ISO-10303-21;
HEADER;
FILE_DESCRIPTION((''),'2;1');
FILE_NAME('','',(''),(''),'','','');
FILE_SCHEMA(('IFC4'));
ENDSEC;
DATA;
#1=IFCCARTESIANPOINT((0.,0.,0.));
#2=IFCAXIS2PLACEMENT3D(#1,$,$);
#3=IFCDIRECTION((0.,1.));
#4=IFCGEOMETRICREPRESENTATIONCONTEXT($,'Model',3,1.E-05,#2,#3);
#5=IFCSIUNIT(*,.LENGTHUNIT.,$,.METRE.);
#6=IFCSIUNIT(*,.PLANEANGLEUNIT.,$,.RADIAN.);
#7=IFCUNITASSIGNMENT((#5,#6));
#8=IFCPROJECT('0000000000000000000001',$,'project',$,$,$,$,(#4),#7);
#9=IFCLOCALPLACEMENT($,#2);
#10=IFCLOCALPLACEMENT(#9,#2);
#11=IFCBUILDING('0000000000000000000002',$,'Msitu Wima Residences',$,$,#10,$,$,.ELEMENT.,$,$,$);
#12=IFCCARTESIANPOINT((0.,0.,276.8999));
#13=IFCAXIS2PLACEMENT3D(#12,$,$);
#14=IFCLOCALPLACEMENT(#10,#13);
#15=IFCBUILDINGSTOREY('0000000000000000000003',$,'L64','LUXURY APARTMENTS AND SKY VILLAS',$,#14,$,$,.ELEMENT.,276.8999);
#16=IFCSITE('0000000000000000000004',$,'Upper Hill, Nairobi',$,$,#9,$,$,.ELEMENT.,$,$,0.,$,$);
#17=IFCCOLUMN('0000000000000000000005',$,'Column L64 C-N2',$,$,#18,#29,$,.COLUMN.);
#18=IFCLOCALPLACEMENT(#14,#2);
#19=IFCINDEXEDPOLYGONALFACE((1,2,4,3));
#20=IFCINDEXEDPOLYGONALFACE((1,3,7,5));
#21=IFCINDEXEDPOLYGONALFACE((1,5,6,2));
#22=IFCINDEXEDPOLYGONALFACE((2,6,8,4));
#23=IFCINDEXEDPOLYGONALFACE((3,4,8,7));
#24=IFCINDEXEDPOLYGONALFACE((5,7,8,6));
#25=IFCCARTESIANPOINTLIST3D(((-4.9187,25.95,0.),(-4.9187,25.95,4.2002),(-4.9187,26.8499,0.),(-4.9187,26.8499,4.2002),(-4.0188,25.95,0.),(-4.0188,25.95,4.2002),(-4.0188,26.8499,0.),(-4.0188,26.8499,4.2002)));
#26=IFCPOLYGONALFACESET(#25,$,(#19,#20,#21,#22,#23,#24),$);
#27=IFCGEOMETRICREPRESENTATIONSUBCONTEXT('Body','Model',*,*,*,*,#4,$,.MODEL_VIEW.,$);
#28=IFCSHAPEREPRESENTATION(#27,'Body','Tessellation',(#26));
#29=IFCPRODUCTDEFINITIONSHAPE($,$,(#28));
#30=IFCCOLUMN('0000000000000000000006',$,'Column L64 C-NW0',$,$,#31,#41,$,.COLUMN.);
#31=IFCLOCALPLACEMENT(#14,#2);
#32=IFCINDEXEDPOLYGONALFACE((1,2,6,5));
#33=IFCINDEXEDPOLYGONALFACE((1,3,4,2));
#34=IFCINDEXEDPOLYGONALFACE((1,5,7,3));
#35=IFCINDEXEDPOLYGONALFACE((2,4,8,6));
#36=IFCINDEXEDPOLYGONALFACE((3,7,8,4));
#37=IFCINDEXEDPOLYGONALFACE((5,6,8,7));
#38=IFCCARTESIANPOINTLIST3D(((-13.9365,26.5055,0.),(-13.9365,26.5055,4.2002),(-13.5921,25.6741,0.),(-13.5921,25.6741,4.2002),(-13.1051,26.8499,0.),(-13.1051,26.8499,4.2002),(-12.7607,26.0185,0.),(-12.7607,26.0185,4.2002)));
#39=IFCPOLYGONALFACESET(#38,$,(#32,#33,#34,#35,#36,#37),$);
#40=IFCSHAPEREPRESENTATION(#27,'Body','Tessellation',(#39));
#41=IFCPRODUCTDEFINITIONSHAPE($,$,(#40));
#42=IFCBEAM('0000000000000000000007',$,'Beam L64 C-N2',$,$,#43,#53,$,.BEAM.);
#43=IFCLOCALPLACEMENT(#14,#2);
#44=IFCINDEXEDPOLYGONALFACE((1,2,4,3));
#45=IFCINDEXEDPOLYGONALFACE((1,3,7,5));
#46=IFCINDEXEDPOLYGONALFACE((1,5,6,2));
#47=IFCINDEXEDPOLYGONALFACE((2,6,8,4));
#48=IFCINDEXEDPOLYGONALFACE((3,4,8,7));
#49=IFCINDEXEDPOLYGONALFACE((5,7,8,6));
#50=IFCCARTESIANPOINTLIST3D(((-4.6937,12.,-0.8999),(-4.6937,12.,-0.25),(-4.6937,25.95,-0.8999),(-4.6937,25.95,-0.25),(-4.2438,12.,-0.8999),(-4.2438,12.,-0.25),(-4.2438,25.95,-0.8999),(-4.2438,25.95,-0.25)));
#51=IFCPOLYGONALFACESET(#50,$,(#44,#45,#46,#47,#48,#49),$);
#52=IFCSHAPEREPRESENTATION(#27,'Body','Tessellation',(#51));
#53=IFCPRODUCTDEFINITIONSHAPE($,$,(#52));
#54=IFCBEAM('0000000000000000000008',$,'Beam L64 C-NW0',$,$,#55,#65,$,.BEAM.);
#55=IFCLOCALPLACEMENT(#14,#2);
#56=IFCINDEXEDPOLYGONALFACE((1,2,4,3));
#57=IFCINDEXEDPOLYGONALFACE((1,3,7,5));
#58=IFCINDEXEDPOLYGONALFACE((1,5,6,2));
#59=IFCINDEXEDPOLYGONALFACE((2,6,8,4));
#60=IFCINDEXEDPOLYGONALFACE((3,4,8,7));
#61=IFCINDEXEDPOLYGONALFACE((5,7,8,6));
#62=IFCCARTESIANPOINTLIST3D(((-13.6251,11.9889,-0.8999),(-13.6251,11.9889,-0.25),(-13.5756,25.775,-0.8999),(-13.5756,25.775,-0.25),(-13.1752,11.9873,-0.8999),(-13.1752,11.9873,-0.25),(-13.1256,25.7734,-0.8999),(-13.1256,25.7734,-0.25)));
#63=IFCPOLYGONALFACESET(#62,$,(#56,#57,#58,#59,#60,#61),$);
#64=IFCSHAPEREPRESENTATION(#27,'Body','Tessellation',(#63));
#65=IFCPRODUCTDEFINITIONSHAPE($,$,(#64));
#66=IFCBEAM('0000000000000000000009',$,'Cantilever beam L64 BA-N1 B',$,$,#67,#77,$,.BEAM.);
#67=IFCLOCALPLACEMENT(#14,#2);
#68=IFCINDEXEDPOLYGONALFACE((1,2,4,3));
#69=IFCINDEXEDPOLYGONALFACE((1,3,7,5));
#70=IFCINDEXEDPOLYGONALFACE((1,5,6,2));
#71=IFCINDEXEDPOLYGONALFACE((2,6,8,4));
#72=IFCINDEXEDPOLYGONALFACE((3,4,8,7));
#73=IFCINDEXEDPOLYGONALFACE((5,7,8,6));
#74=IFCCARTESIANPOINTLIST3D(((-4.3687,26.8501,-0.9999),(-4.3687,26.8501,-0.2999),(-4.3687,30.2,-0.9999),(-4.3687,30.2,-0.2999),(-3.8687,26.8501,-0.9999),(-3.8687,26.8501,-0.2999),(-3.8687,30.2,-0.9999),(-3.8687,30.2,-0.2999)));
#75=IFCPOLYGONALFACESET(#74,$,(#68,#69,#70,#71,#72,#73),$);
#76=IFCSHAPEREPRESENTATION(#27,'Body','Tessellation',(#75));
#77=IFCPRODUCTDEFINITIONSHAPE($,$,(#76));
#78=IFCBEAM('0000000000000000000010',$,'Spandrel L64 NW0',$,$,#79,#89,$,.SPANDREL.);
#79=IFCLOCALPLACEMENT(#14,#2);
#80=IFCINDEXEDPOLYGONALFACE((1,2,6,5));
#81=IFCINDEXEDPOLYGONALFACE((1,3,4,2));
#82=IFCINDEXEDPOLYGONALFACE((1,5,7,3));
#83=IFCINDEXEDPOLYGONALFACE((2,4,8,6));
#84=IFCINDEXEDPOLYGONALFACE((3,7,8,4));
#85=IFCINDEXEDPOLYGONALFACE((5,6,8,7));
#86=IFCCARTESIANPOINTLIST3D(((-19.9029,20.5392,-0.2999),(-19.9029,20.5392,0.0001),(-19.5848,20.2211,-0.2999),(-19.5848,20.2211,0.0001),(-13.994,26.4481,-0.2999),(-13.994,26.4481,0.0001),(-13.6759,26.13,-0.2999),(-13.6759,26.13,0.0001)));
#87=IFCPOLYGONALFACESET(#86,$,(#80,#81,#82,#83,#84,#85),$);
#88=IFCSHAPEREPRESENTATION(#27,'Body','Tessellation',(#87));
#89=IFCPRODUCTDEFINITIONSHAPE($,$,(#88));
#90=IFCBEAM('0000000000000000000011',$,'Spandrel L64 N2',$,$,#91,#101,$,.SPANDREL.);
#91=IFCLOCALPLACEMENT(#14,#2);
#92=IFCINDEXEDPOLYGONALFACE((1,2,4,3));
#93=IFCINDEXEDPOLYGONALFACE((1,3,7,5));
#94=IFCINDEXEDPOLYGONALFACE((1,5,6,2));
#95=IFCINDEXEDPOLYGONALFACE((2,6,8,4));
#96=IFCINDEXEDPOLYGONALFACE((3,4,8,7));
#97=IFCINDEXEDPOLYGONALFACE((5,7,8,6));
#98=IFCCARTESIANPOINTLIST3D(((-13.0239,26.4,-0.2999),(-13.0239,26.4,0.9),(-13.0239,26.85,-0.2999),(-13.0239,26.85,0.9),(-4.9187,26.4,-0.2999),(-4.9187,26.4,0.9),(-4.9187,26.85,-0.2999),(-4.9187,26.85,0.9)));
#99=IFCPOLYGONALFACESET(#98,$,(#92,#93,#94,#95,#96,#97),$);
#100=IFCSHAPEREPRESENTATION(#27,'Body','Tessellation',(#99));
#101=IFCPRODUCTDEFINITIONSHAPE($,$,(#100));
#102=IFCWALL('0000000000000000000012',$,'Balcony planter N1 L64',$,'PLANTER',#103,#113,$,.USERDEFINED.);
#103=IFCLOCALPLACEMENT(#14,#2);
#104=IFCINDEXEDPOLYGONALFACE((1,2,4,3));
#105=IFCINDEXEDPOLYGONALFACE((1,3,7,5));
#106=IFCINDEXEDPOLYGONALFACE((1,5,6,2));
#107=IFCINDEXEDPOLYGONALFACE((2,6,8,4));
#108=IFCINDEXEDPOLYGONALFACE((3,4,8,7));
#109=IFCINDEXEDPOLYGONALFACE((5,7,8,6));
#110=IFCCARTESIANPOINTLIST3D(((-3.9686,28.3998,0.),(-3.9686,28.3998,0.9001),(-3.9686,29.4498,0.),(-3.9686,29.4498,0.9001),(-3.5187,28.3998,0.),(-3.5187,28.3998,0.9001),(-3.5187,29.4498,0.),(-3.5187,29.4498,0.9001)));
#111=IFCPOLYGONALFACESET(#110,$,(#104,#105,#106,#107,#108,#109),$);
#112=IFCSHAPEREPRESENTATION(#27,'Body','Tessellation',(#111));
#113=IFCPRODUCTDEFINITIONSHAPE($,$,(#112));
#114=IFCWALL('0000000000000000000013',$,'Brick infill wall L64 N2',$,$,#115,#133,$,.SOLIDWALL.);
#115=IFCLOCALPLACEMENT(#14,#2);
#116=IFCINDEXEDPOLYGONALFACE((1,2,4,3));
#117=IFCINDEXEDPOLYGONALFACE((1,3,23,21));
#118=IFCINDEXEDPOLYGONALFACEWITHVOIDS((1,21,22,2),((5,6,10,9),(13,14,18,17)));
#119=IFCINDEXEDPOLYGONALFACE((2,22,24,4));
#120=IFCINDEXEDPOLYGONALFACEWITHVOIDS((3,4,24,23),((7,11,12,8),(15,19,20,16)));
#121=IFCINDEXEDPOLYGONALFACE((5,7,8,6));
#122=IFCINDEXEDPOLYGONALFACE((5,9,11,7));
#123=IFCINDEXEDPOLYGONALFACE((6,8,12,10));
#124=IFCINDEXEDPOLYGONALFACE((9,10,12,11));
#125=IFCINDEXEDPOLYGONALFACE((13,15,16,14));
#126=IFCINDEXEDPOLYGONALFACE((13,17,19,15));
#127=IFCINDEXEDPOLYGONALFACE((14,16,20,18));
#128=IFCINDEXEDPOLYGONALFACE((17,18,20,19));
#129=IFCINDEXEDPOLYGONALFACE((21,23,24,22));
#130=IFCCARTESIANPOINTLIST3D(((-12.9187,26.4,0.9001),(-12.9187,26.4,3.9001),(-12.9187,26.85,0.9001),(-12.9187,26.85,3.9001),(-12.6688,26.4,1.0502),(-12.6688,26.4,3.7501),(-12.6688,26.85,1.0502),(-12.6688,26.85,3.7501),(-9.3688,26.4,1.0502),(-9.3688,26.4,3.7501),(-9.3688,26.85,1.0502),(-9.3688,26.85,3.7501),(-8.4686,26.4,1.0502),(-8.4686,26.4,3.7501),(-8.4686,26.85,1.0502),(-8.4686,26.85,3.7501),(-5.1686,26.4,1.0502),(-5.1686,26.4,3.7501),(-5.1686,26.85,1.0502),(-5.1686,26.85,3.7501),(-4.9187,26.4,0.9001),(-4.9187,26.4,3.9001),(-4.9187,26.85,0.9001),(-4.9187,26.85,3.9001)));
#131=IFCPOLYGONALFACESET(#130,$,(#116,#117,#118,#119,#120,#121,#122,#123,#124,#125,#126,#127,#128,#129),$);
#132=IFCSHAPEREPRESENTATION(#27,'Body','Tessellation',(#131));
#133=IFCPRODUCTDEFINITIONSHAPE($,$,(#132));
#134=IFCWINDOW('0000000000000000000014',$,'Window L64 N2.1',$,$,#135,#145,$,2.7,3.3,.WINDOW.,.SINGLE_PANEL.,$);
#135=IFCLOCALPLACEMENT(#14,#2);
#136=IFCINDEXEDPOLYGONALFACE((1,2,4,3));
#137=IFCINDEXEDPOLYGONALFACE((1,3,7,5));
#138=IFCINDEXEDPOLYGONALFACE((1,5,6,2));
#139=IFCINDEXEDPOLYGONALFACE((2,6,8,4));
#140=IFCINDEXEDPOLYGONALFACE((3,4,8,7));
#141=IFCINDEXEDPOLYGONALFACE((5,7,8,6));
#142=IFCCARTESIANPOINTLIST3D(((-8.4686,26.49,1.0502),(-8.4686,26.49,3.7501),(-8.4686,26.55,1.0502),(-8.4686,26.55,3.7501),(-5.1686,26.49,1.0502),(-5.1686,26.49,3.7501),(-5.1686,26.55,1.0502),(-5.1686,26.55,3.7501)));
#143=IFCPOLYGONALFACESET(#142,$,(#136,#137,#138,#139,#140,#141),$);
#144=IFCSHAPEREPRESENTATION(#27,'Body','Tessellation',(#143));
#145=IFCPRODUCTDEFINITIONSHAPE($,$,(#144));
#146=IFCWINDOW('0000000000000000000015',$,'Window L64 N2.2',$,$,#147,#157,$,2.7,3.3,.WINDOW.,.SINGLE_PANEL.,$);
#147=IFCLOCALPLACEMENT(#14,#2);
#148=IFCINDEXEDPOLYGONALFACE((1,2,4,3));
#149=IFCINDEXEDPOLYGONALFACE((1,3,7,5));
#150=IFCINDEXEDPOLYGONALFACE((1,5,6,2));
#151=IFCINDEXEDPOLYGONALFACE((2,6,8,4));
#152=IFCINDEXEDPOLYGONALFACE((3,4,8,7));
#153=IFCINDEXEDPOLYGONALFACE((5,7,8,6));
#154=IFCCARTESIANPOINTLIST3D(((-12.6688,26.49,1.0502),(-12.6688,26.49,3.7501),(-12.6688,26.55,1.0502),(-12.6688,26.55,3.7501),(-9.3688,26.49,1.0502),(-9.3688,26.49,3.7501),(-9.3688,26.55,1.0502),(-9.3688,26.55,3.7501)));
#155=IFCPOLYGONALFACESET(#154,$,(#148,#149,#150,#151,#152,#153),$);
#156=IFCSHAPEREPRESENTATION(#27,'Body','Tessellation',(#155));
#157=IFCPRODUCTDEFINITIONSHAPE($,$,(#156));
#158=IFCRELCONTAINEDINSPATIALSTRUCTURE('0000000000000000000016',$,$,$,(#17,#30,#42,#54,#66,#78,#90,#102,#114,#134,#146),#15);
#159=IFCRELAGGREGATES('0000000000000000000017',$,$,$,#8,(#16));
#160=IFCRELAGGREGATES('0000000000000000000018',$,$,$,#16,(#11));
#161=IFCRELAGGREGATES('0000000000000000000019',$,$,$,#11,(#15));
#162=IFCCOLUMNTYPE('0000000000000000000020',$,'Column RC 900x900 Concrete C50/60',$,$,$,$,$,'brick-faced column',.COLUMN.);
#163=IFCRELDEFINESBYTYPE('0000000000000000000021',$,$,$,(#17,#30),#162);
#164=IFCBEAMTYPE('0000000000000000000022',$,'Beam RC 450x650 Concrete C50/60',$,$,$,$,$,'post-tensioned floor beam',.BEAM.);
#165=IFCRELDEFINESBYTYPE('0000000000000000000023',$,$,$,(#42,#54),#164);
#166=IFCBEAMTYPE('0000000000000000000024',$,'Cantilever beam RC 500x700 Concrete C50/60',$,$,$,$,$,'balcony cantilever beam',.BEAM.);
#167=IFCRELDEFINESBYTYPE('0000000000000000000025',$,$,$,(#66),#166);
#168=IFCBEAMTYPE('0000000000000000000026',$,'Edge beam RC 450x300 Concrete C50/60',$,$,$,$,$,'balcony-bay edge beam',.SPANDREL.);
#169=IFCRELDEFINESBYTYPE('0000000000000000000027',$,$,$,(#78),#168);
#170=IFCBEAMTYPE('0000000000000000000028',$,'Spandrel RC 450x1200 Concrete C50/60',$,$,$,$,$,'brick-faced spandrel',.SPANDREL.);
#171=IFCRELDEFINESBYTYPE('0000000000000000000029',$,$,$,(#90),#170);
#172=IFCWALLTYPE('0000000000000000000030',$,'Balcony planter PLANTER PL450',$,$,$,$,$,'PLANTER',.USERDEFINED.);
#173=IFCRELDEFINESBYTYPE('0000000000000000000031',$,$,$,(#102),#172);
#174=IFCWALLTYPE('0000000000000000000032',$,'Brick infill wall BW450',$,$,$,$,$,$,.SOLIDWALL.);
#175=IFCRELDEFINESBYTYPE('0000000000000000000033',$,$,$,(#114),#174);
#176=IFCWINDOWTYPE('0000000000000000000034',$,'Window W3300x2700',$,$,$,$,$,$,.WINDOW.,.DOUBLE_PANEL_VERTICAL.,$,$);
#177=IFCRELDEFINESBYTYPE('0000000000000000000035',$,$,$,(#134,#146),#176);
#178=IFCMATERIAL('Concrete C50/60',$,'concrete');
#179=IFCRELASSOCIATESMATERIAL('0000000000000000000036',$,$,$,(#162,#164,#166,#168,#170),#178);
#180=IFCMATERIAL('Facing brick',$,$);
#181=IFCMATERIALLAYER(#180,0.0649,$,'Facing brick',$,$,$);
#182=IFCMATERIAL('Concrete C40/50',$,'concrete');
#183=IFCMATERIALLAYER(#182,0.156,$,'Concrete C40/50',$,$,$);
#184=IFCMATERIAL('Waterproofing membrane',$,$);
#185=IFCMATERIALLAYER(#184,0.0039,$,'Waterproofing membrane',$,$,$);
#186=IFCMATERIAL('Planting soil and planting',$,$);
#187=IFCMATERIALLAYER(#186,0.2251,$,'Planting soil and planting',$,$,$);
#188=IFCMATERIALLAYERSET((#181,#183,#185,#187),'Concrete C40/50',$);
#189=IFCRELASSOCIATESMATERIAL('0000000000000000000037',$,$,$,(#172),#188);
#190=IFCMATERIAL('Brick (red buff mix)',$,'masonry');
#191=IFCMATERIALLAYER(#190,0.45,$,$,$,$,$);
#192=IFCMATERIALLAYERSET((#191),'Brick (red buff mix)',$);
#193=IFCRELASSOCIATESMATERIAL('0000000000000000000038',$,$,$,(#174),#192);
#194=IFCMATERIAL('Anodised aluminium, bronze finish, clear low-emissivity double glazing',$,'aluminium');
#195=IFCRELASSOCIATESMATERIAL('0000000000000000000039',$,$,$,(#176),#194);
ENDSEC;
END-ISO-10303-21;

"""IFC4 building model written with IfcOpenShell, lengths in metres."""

from ifc_helpers import new_model, si_unit, direction, frame, frame_2d, origin, origin_2d, place, context, subcontext, project, spatial, rectangle, extrude, material, layer, layer_set, material_profile, profile_set, type_object, element, fill, save


model = new_model("IFC4")

# Units and contexts
model_context = context("Model", 3, precision=1e-05, world=origin(), true_north=direction((0.0, 1.0)))
body_context = subcontext(model_context, "Body", "Model", "MODEL_VIEW")
ifc_project = project(units=[si_unit("LENGTHUNIT", "METRE"), si_unit("PLANEANGLEUNIT", "RADIAN")], contexts=[model_context])

# Site, building, storey
site_placement = place(None, origin())
site = spatial("IfcSite", under=ifc_project, at=site_placement, Name="Upper Hill, Nairobi", CompositionType="ELEMENT", RefElevation=0.0)
building_placement = place(site_placement, origin())
building = spatial("IfcBuilding", under=site, at=building_placement, Name="Msitu Wima Residences", CompositionType="ELEMENT")
storey_placement = place(building_placement, frame((0.0, 0.0, 276.8999)))
storey = spatial("IfcBuildingStorey", under=building, at=storey_placement, Name="L64", Description="LUXURY APARTMENTS AND SKY VILLAS", CompositionType="ELEMENT", Elevation=276.8999)

# Columns
ifc_material_1 = material(Name="Concrete C50/60", Category="concrete")
ifc_material_profile_1 = material_profile(ifc_material_1, rectangle(XDim=0.8999, YDim=0.8999, at=origin_2d()), Name="RC 900x900")
ifc_profile_set_1 = profile_set([ifc_material_profile_1], Name="Concrete C50/60")
column_type = type_object("IfcColumnType", Name="Column RC 900x900 Concrete C50/60", ElementType="brick-faced column", PredefinedType="COLUMN", material=ifc_profile_set_1)
for number, where, z_axis, x_axis, name in (
    (1, (-4.4688, 26.3999, 0.0), (0.0, 0.0, 1.0), (-1.0, 0.0, 0.0), "Column L64 C-N2"),
    (2, (-13.3486, 26.262, 0.0), (0.0, 0.0, 1.0), (-0.92388, -0.382683, 0.0), "Column L64 C-NW0"),
):
    element("IfcColumn", number, at=place(storey_placement, frame(where, z_axis=z_axis, x_axis=x_axis)), inside=storey, type_object=column_type, Name=name, PredefinedType="COLUMN", context=body_context, shape_type="SweptSolid", body=[
        extrude(rectangle(XDim=0.8999, YDim=0.8999, at=origin_2d()), origin(), (0.0, 0.0, 1.0), 4.2002),
    ])

# Beams
ifc_material_profile_2 = material_profile(ifc_material_1, rectangle(XDim=0.45, YDim=0.6499, at=origin_2d()), Name="RC 450x650")
ifc_profile_set_2 = profile_set([ifc_material_profile_2], Name="Concrete C50/60")
beam_type_1 = type_object("IfcBeamType", Name="Beam RC 450x650 Concrete C50/60", ElementType="post-tensioned floor beam", PredefinedType="BEAM", material=ifc_profile_set_2)
beam_1_placement = place(storey_placement, frame((-4.4688, 25.95, -0.575), z_axis=(0.0, -1.0, 0.0), x_axis=(1.0, 0.0, 0.0)))
element("IfcBeam", 3, at=beam_1_placement, inside=storey, type_object=beam_type_1, Name="Beam L64 C-N2", PredefinedType="BEAM", context=body_context, shape_type="SweptSolid", body=[
    extrude(rectangle(XDim=0.45, YDim=0.6499, at=origin_2d()), origin(), (0.0, 0.0, 1.0), 13.95),
])
beam_2_placement = place(storey_placement, frame((-13.3506, 25.7742, -0.575), z_axis=(-0.003595, -0.999994, 0.0), x_axis=(0.999994, -0.003595, 0.0)))
element("IfcBeam", 4, at=beam_2_placement, inside=storey, type_object=beam_type_1, Name="Beam L64 C-NW0", PredefinedType="BEAM", context=body_context, shape_type="SweptSolid", body=[
    extrude(rectangle(XDim=0.45, YDim=0.6499, at=origin_2d()), origin(), (0.0, 0.0, 1.0), 13.7861),
])
ifc_material_profile_3 = material_profile(ifc_material_1, rectangle(XDim=0.5, YDim=0.7, at=origin_2d()), Name="RC 500x700")
ifc_profile_set_3 = profile_set([ifc_material_profile_3], Name="Concrete C50/60")
beam_type_2 = type_object("IfcBeamType", Name="Cantilever beam RC 500x700 Concrete C50/60", ElementType="balcony cantilever beam", PredefinedType="BEAM", material=ifc_profile_set_3)
beam_3_placement = place(storey_placement, frame((-4.1187, 26.8501, -0.6499), z_axis=(0.0, 1.0, 0.0), x_axis=(-1.0, 0.0, 0.0)))
element("IfcBeam", 5, at=beam_3_placement, inside=storey, type_object=beam_type_2, Name="Cantilever beam L64 BA-N1 B", PredefinedType="BEAM", context=body_context, shape_type="SweptSolid", body=[
    extrude(rectangle(XDim=0.5, YDim=0.7, at=origin_2d()), origin(), (0.0, 0.0, 1.0), 3.3499),
])
ifc_material_profile_4 = material_profile(ifc_material_1, rectangle(XDim=0.45, YDim=0.3, at=origin_2d()), Name="RC 450x300")
ifc_profile_set_4 = profile_set([ifc_material_profile_4], Name="Concrete C50/60")
beam_type_3 = type_object("IfcBeamType", Name="Edge beam RC 450x300 Concrete C50/60", ElementType="balcony-bay edge beam", PredefinedType="SPANDREL", material=ifc_profile_set_4)
beam_4_placement = place(storey_placement, frame((-13.835, 26.2891, -0.1499), z_axis=(-0.707107, -0.707107, 0.0), x_axis=(0.707107, -0.707107, 0.0)))
element("IfcBeam", 6, at=beam_4_placement, inside=storey, type_object=beam_type_3, Name="Spandrel L64 NW0", PredefinedType="SPANDREL", context=body_context, shape_type="SweptSolid", body=[
    extrude(rectangle(XDim=0.45, YDim=0.3, at=origin_2d()), origin(), (0.0, 0.0, 1.0), 8.3564),
])
ifc_material_profile_5 = material_profile(ifc_material_1, rectangle(XDim=0.45, YDim=1.2, at=origin_2d()), Name="RC 450x1200")
ifc_profile_set_5 = profile_set([ifc_material_profile_5], Name="Concrete C50/60")
beam_type_4 = type_object("IfcBeamType", Name="Spandrel RC 450x1200 Concrete C50/60", ElementType="brick-faced spandrel", PredefinedType="SPANDREL", material=ifc_profile_set_5)
beam_5_placement = place(storey_placement, frame((-4.9187, 26.625, 0.3), z_axis=(-1.0, 0.0, 0.0), x_axis=(0.0, -1.0, 0.0)))
element("IfcBeam", 7, at=beam_5_placement, inside=storey, type_object=beam_type_4, Name="Spandrel L64 N2", PredefinedType="SPANDREL", context=body_context, shape_type="SweptSolid", body=[
    extrude(rectangle(XDim=0.45, YDim=1.2, at=origin_2d()), origin(), (0.0, 0.0, 1.0), 8.1052),
])

# Wall
ifc_material_2 = material(Name="Facing brick")
ifc_layer_1 = layer(ifc_material_2, 0.0649, Name="Facing brick")
ifc_material_3 = material(Name="Concrete C40/50", Category="concrete")
ifc_layer_2 = layer(ifc_material_3, 0.156, Name="Concrete C40/50")
ifc_material_4 = material(Name="Waterproofing membrane")
ifc_layer_3 = layer(ifc_material_4, 0.0039, Name="Waterproofing membrane")
ifc_material_5 = material(Name="Planting soil and planting")
ifc_layer_4 = layer(ifc_material_5, 0.2251, Name="Planting soil and planting")
ifc_layer_set_1 = layer_set([ifc_layer_1, ifc_layer_2, ifc_layer_3, ifc_layer_4], Name="Concrete C40/50")
wall_type_1 = type_object("IfcWallType", Name="Balcony planter PLANTER PL450", ElementType="PLANTER", PredefinedType="USERDEFINED", material=ifc_layer_set_1)
wall_1_placement = place(storey_placement, frame((-3.7437, 28.3999, 0.0), z_axis=(0.0, 0.0, 1.0), x_axis=(0.0, 1.0, 0.0)))
element("IfcWall", 8, at=wall_1_placement, inside=storey, type_object=wall_type_1, Name="Balcony planter N1 L64", ObjectType="PLANTER", PredefinedType="USERDEFINED", context=body_context, shape_type="SweptSolid", body=[
    extrude(rectangle(XDim=1.05, YDim=0.45, at=frame_2d((0.5249, 0.0))), origin(), (0.0, 0.0, 1.0), 0.9001),
])

# Wall, openings, windows
ifc_material_6 = material(Name="Brick (red buff mix)", Category="masonry")
ifc_layer_5 = layer(ifc_material_6, 0.45)
ifc_layer_set_2 = layer_set([ifc_layer_5], Name="Brick (red buff mix)")
wall_type_2 = type_object("IfcWallType", Name="Brick infill wall BW450", PredefinedType="SOLIDWALL", material=ifc_layer_set_2)
wall_2_placement = place(storey_placement, frame((-4.9187, 26.625, 0.9001), z_axis=(0.0, 0.0, 1.0), x_axis=(-1.0, 0.0, 0.0)))
wall_2 = element("IfcWall", 9, at=wall_2_placement, inside=storey, type_object=wall_type_2, Name="Brick infill wall L64 N2", PredefinedType="SOLIDWALL", context=body_context, shape_type="SweptSolid", body=[
    extrude(rectangle(XDim=8.0, YDim=0.45, at=frame_2d((4.0, 0.0))), origin(), (0.0, 0.0, 1.0), 3.0),
])
opening_1_placement = place(wall_2_placement, frame((0.25, 0.0, 0.1499)))
opening_1 = element("IfcOpeningElement", 10, at=opening_1_placement, cuts=wall_2, PredefinedType="OPENING", context=body_context, shape_type="SweptSolid", body=[
    extrude(rectangle(XDim=3.3, YDim=2.7, at=frame_2d((1.6499, 1.3501))), frame((0.0, 0.2349, 0.0), z_axis=(0.0, -1.0, 0.0), x_axis=(1.0, 0.0, 0.0)), (0.0, 0.0, 1.0), 0.47),
])
opening_2_placement = place(wall_2_placement, frame((4.4502, 0.0, 0.1499)))
opening_2 = element("IfcOpeningElement", 11, at=opening_2_placement, cuts=wall_2, PredefinedType="OPENING", context=body_context, shape_type="SweptSolid", body=[
    extrude(rectangle(XDim=3.3, YDim=2.7, at=frame_2d((1.6499, 1.3501))), frame((0.0, 0.2349, 0.0), z_axis=(0.0, -1.0, 0.0), x_axis=(1.0, 0.0, 0.0)), (0.0, 0.0, 1.0), 0.47),
])
ifc_material_7 = material(Name="Anodised aluminium, bronze finish, clear low-emissivity double glazing", Category="aluminium")
window_type = type_object("IfcWindowType", Name="Window W3300x2700", PartitioningType="DOUBLE_PANEL_VERTICAL", PredefinedType="WINDOW", material=ifc_material_7)
window_1_placement = place(opening_1_placement, origin())
window_1 = element("IfcWindow", 12, at=window_1_placement, inside=storey, type_object=window_type, Name="Window L64 N2.1", OverallHeight=2.7, OverallWidth=3.3, PartitioningType="SINGLE_PANEL", PredefinedType="WINDOW", context=body_context, shape_type="SweptSolid", body=[
    extrude(rectangle(XDim=3.3, YDim=2.7, at=frame_2d((1.6499, 1.3501))), frame((0.0, 0.135, 0.0), z_axis=(0.0, -1.0, 0.0), x_axis=(1.0, 0.0, 0.0)), (0.0, 0.0, 1.0), 0.0601),
])
fill(opening_1, window_1)
window_2_placement = place(opening_2_placement, origin())
window_2 = element("IfcWindow", 13, at=window_2_placement, inside=storey, type_object=window_type, Name="Window L64 N2.2", OverallHeight=2.7, OverallWidth=3.3, PartitioningType="SINGLE_PANEL", PredefinedType="WINDOW", context=body_context, shape_type="SweptSolid", body=[
    extrude(rectangle(XDim=3.3, YDim=2.7, at=frame_2d((1.6499, 1.3501))), frame((0.0, 0.135, 0.0), z_axis=(0.0, -1.0, 0.0), x_axis=(1.0, 0.0, 0.0)), (0.0, 0.0, 1.0), 0.0601),
])
fill(opening_2, window_2)

save(model, "model.ifc")
